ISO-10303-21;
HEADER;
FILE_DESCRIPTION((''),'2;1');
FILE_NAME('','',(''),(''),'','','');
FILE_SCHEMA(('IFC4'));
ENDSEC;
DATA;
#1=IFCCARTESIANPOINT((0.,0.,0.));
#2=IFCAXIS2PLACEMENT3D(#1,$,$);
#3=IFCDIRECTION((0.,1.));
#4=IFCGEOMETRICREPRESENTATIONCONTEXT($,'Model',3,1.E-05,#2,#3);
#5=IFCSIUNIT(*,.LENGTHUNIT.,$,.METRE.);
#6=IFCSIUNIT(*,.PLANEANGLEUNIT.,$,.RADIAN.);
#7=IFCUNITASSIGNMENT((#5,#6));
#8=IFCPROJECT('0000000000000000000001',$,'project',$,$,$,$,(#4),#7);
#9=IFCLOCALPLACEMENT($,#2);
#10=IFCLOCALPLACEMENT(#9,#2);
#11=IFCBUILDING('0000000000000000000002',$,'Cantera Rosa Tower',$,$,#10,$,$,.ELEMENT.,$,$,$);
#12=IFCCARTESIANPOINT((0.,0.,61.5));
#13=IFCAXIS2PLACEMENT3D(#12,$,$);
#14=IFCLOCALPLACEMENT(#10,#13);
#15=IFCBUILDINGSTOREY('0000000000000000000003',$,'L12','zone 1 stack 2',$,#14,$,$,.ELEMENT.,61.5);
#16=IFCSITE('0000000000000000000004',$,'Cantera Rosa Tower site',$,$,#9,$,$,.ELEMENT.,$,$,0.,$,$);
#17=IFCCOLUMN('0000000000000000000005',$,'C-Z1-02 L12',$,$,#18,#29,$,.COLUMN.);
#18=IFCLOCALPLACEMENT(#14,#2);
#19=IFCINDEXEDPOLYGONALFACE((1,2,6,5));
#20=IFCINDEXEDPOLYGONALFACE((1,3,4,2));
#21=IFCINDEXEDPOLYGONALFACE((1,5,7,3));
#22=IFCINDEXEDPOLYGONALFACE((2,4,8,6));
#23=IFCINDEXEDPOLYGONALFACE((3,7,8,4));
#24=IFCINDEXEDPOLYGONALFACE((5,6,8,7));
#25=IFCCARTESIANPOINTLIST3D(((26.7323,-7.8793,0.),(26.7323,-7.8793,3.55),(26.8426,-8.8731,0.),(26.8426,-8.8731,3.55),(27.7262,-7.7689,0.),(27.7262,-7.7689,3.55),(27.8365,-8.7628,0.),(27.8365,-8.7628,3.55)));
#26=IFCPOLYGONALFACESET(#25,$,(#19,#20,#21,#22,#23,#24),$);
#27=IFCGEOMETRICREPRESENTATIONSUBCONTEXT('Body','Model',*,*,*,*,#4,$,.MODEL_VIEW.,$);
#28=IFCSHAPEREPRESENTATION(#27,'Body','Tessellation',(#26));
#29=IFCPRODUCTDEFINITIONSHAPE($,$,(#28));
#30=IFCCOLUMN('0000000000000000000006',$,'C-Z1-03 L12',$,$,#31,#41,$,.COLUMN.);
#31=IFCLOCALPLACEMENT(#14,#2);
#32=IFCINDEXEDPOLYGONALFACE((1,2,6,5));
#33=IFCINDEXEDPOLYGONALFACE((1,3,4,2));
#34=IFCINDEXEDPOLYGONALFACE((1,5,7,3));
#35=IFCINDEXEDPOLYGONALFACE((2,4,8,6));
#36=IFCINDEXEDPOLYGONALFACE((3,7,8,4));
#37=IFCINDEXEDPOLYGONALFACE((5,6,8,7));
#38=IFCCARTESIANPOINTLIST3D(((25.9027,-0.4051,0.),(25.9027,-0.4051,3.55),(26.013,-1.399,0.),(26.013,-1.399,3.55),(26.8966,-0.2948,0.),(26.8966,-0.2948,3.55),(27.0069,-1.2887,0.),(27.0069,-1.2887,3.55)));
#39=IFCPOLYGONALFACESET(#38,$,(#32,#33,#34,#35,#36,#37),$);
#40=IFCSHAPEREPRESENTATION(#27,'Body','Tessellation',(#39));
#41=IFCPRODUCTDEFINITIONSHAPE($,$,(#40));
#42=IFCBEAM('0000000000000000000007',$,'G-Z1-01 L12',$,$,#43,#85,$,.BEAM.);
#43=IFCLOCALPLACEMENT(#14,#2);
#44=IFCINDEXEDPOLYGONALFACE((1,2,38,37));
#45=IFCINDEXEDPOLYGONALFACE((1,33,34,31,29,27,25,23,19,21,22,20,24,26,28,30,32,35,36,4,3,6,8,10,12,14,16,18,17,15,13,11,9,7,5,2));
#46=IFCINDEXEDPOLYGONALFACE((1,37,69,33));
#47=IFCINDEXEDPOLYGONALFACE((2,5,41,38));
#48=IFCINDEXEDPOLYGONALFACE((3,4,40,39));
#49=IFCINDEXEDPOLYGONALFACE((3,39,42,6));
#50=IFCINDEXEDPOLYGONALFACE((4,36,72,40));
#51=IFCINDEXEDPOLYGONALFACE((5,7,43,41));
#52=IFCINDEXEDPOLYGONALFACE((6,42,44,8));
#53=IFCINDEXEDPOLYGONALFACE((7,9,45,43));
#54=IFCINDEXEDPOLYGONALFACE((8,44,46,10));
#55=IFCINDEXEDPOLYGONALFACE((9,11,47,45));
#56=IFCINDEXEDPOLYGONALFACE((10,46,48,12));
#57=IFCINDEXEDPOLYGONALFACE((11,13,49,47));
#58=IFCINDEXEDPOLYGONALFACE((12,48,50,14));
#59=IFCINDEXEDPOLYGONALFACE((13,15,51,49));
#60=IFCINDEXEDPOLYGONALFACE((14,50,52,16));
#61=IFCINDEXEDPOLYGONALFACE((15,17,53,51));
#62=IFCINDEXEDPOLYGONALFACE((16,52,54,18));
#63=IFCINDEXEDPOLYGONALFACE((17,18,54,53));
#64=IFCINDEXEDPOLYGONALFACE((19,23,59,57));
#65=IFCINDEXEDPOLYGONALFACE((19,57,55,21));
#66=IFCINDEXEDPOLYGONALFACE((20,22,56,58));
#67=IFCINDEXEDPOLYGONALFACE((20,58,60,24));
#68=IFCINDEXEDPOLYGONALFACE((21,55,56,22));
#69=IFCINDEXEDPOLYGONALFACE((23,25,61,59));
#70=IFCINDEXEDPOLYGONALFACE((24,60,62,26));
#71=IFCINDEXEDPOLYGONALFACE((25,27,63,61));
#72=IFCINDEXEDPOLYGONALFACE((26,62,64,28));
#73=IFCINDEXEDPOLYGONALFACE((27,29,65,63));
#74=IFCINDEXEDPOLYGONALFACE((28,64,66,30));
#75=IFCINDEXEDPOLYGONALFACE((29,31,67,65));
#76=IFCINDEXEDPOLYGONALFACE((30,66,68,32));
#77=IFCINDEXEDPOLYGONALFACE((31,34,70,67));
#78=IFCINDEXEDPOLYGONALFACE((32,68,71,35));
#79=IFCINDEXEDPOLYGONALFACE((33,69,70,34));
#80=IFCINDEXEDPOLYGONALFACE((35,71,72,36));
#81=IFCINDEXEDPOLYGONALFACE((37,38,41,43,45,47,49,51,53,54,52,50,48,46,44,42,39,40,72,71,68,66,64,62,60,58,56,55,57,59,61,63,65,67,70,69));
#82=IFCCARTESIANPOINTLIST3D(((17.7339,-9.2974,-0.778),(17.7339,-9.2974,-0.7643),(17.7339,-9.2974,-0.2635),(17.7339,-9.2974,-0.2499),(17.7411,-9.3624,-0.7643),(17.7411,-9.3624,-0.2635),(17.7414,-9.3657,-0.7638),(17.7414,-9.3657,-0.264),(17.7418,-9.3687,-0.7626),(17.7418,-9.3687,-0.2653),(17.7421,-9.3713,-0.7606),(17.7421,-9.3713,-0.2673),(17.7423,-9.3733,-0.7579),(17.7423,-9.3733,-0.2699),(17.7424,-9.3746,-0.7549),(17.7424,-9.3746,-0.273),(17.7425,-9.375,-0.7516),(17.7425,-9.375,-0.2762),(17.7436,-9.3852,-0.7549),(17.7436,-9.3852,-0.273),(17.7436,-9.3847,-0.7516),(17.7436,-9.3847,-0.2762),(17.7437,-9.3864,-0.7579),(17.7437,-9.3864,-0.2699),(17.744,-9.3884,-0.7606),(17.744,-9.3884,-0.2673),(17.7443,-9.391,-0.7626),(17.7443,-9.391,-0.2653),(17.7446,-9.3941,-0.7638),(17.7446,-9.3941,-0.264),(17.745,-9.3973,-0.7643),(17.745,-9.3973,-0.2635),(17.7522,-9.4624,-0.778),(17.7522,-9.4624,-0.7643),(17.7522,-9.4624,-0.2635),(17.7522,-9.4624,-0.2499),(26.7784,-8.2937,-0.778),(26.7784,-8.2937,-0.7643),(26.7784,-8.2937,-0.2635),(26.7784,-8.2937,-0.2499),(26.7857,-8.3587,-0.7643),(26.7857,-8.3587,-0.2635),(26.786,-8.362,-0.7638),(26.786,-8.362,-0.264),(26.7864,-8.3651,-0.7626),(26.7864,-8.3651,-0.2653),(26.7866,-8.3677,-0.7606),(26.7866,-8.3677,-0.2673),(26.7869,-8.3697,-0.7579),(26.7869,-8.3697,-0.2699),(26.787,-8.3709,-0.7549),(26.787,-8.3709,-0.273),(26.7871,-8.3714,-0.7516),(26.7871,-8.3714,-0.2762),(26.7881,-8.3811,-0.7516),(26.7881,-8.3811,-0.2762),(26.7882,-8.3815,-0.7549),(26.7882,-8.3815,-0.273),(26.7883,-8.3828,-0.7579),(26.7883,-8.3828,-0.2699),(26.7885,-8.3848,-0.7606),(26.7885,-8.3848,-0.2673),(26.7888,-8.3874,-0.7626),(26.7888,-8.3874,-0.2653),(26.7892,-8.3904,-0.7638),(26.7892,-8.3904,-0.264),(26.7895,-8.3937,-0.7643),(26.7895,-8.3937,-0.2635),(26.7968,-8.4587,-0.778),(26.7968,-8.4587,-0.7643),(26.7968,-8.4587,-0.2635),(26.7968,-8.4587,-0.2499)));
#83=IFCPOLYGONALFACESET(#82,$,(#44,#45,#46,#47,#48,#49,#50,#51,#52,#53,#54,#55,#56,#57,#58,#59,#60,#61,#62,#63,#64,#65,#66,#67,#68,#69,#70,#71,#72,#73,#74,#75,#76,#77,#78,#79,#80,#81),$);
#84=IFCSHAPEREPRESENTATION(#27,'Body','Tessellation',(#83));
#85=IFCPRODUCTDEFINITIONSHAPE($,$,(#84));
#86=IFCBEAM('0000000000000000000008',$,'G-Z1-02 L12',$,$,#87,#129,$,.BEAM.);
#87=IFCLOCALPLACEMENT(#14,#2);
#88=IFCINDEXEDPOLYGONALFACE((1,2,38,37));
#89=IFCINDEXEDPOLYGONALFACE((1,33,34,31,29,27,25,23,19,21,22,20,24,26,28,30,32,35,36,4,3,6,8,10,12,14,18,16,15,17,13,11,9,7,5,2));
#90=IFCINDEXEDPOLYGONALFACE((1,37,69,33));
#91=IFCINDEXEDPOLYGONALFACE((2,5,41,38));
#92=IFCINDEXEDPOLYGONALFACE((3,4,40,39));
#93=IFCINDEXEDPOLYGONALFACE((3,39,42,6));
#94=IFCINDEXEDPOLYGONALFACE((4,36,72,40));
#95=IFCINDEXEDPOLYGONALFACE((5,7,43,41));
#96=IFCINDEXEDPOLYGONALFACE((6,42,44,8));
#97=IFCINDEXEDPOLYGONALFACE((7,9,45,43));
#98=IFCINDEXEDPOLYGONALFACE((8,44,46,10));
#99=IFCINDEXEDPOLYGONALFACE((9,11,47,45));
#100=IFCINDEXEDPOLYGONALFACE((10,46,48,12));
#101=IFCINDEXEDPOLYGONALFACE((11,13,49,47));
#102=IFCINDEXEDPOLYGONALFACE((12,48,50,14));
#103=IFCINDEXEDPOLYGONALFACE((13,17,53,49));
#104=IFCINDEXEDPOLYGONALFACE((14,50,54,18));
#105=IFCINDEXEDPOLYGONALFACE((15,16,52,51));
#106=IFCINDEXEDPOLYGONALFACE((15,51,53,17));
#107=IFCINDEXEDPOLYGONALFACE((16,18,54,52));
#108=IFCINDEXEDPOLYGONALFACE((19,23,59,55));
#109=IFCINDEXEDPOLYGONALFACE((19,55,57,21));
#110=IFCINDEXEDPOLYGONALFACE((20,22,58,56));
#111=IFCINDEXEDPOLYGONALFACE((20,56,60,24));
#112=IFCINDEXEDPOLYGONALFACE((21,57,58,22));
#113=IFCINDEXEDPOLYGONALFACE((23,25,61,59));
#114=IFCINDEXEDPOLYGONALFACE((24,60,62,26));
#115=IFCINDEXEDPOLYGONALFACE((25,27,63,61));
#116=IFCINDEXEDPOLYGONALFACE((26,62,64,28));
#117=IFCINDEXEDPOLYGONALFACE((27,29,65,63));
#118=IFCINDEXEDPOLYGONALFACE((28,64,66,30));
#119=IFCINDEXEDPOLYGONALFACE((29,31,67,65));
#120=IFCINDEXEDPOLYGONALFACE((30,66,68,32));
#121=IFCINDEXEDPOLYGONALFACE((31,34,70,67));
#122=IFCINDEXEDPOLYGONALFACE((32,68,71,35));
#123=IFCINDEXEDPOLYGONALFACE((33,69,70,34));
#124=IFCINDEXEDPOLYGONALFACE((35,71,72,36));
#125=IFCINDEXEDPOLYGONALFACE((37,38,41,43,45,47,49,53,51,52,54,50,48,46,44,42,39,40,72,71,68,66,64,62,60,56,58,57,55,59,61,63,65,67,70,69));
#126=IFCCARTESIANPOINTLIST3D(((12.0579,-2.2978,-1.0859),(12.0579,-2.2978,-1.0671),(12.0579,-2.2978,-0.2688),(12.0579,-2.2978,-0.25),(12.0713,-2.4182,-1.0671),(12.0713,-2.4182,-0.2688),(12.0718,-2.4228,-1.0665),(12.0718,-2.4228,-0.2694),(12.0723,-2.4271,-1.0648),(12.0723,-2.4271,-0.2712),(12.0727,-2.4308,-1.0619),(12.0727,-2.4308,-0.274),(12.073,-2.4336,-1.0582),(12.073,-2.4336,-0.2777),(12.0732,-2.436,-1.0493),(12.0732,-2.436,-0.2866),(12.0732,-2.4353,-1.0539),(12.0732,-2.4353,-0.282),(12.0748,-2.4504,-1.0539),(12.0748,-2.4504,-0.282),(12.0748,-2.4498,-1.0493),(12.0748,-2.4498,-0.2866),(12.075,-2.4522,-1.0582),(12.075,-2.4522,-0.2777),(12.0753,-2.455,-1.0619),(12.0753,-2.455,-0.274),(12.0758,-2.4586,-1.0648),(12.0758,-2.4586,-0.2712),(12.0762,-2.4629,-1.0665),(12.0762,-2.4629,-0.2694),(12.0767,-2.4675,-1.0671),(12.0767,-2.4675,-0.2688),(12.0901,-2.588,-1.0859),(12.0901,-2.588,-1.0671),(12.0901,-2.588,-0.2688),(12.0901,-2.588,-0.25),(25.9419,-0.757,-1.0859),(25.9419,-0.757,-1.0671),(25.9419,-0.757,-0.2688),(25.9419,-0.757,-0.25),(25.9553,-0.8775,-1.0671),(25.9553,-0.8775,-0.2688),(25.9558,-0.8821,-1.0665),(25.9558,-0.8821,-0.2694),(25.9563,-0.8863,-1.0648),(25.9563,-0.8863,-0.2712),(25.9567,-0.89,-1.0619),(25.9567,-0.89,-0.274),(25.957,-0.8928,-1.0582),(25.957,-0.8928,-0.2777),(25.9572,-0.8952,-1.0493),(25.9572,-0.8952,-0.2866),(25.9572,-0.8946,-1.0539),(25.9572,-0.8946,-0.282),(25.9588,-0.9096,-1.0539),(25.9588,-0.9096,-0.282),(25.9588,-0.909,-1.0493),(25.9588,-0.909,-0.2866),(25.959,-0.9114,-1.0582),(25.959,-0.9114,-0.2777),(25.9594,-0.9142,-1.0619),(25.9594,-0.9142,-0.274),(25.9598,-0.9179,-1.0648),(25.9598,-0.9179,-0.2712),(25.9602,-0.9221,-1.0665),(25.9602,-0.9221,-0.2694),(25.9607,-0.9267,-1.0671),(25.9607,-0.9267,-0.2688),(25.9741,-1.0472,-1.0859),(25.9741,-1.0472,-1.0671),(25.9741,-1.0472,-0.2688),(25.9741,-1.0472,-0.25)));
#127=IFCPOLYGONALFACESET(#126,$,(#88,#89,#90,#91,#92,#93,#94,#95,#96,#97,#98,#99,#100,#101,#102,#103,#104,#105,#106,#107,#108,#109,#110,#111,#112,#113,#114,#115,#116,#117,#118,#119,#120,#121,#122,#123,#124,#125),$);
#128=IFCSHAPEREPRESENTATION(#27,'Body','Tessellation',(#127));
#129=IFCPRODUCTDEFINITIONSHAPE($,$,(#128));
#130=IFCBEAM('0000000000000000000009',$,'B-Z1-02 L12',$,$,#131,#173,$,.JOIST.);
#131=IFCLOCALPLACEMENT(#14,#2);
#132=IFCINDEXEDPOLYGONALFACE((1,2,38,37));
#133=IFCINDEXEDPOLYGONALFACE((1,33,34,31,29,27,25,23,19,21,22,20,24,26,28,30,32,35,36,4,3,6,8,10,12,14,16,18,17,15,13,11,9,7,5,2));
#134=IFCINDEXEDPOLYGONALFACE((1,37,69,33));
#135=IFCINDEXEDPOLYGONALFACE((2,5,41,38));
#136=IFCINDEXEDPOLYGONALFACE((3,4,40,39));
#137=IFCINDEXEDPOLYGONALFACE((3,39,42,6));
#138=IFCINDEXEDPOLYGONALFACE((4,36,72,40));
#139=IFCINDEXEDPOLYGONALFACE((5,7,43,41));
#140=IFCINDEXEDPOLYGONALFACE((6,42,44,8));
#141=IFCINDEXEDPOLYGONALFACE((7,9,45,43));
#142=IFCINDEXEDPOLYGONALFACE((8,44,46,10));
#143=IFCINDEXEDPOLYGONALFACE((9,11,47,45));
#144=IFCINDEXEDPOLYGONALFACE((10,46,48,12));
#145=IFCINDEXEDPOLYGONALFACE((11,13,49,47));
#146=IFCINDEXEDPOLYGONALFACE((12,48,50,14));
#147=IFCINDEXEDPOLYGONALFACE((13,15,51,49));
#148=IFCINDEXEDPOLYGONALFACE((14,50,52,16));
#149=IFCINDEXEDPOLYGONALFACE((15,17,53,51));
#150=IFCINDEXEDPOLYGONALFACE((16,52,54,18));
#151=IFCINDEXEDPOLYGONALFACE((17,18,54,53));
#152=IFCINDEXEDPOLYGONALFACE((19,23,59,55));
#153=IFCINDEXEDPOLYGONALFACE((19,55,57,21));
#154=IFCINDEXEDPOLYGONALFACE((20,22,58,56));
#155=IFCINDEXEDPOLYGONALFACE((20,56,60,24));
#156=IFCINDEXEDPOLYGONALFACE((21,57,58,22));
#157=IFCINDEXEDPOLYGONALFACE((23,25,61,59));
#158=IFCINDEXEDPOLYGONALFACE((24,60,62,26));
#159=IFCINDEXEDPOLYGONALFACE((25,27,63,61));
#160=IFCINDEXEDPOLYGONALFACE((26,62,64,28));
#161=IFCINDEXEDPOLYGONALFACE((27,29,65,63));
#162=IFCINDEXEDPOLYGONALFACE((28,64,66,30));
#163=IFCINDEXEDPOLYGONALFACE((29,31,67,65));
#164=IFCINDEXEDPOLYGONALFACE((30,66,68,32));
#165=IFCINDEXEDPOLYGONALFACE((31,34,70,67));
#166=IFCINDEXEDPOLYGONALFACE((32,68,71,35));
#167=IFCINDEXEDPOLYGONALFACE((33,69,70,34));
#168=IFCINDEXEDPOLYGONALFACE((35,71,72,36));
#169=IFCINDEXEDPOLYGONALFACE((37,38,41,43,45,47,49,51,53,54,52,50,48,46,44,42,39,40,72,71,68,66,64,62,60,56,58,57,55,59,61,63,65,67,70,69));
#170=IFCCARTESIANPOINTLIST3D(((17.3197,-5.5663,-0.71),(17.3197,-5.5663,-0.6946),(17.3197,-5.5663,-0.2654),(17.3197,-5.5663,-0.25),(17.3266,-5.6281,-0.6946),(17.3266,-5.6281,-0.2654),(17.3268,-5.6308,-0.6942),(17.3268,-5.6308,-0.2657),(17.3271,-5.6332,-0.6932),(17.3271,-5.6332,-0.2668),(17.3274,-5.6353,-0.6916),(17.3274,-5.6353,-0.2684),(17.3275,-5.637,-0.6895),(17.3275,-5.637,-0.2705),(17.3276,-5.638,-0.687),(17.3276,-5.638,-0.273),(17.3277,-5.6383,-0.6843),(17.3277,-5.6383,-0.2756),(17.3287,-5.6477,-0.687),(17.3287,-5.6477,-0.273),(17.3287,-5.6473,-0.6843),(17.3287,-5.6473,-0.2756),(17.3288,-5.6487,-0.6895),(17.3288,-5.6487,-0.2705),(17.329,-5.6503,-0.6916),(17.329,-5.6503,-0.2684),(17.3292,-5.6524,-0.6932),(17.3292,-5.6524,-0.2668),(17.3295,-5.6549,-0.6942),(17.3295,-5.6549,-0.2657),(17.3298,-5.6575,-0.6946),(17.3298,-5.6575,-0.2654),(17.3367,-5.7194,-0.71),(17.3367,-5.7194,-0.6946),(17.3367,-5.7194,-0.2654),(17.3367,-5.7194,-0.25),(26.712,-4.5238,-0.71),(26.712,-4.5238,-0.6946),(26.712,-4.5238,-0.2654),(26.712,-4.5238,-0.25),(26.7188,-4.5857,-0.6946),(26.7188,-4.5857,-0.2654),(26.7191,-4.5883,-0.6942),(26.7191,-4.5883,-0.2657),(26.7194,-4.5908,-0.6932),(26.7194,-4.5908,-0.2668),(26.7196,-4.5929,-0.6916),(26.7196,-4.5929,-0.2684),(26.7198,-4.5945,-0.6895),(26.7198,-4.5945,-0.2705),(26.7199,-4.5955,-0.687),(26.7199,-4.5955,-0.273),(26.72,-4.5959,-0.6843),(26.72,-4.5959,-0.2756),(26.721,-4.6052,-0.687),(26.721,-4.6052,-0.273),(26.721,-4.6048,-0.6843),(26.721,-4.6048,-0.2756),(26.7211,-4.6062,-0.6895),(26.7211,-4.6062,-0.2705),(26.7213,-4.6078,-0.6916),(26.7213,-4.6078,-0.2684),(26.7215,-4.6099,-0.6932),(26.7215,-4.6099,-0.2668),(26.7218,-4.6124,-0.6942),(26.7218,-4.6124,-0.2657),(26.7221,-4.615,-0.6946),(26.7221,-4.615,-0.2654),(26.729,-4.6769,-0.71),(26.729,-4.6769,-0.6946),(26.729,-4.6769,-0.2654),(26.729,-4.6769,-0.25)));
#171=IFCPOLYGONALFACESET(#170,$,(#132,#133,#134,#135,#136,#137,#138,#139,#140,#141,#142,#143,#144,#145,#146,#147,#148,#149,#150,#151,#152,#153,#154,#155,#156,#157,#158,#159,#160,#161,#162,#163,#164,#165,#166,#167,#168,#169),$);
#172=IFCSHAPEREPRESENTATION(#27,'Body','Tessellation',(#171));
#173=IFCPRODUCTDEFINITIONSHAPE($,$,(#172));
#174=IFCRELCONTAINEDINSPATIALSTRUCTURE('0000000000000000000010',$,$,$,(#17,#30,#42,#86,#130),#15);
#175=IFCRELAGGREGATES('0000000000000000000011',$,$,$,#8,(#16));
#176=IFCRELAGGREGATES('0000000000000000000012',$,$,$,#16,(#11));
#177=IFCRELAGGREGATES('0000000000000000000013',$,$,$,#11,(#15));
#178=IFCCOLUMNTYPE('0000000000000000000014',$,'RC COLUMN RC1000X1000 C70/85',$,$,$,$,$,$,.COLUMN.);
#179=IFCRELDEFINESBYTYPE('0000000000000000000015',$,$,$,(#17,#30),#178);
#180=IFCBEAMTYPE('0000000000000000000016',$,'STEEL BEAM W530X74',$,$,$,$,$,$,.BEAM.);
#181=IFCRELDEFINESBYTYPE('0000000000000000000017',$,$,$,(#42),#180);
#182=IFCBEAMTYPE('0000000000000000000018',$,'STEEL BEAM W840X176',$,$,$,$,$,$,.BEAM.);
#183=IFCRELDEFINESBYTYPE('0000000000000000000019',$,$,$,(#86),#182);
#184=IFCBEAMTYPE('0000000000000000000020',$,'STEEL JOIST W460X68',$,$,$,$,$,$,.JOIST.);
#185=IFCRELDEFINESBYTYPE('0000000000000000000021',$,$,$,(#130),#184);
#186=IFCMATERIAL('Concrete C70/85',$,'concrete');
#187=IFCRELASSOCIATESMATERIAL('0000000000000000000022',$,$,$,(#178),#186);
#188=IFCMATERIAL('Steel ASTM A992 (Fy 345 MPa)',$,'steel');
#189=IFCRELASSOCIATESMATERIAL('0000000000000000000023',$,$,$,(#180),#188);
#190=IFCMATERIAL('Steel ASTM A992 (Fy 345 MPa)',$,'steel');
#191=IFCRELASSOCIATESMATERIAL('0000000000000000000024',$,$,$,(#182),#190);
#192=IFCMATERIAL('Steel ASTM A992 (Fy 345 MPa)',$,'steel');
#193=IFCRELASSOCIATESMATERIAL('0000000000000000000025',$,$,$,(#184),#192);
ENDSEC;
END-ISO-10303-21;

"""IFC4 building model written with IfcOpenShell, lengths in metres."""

from ifc_helpers import new_model, si_unit, direction, frame, origin, origin_2d, place, context, subcontext, project, spatial, rectangle, i_section, extrude, material, material_profile, profile_set, type_object, element, save


model = new_model("IFC4")

# Units and contexts
model_context = context("Model", 3, precision=1e-05, world=origin(), true_north=direction((0.0, 1.0)))
body_context = subcontext(model_context, "Body", "Model", "MODEL_VIEW")
ifc_project = project(units=[si_unit("LENGTHUNIT", "METRE"), si_unit("PLANEANGLEUNIT", "RADIAN")], contexts=[model_context])

# Site, building, storey
site_placement = place(None, origin())
site = spatial("IfcSite", under=ifc_project, at=site_placement, Name="Cantera Rosa Tower site", CompositionType="ELEMENT", RefElevation=0.0)
building_placement = place(site_placement, origin())
building = spatial("IfcBuilding", under=site, at=building_placement, Name="Cantera Rosa Tower", CompositionType="ELEMENT")
storey_placement = place(building_placement, frame((0.0, 0.0, 61.5)))
storey = spatial("IfcBuildingStorey", under=building, at=storey_placement, Name="L12", Description="zone 1 stack 2", CompositionType="ELEMENT", Elevation=61.5)

# Columns
ifc_material_1 = material(Name="Concrete C70/85", Category="concrete")
ifc_material_profile_1 = material_profile(ifc_material_1, rectangle(XDim=1.0, YDim=1.0, at=origin_2d()), Name="RC COLUMN RC1000X1000 C70/85")
ifc_profile_set_1 = profile_set([ifc_material_profile_1], Name="Concrete C70/85")
column_type = type_object("IfcColumnType", Name="RC COLUMN RC1000X1000 C70/85", PredefinedType="COLUMN", material=ifc_profile_set_1)
for number, where, z_axis, x_axis, name in (
    (1, (27.2844, -8.321, 0.0), (0.0, 0.0, 1.0), (0.993897, 0.110313, 0.0), "C-Z1-02 L12"),
    (2, (26.4548, -0.8469, 0.0), (0.0, 0.0, 1.0), (0.993897, 0.110313, 0.0), "C-Z1-03 L12"),
):
    element("IfcColumn", number, at=place(storey_placement, frame(where, z_axis=z_axis, x_axis=x_axis)), inside=storey, type_object=column_type, Name=name, PredefinedType="COLUMN", context=body_context, shape_type="SweptSolid", body=[
        extrude(rectangle(XDim=1.0, YDim=1.0, at=origin_2d()), origin(), (0.0, 0.0, 1.0), 3.55),
    ])

# Beams
ifc_material_2 = material(Name="Steel ASTM A992 (Fy 345 MPa)", Category="steel")
ifc_material_profile_2 = material_profile(ifc_material_2, i_section(OverallWidth=0.166, OverallDepth=0.5281, WebThickness=0.0098, FlangeThickness=0.0137, FilletRadius=0.0127, at=origin_2d()), Name="W530X74")
ifc_profile_set_2 = profile_set([ifc_material_profile_2], Name="Steel ASTM A992 (Fy 345 MPa)")
beam_type_1 = type_object("IfcBeamType", Name="STEEL BEAM W530X74", PredefinedType="BEAM", material=ifc_profile_set_2)
beam_1_placement = place(storey_placement, frame((26.7876, -8.3762, -0.5139), z_axis=(-0.993899, -0.11029, 0.0), x_axis=(0.11029, -0.993899, 0.0)))
element("IfcBeam", 3, at=beam_1_placement, inside=storey, type_object=beam_type_1, Name="G-Z1-01 L12", PredefinedType="BEAM", context=body_context, shape_type="SweptSolid", body=[
    extrude(i_section(OverallWidth=0.166, OverallDepth=0.5281, WebThickness=0.0098, FlangeThickness=0.0137, FilletRadius=0.0127, at=origin_2d()), origin(), (0.0, 0.0, 1.0), 9.1001),
])
ifc_material_3 = material(Name="Steel ASTM A992 (Fy 345 MPa)", Category="steel")
ifc_material_profile_3 = material_profile(ifc_material_3, i_section(OverallWidth=0.292, OverallDepth=0.8359, WebThickness=0.0139, FlangeThickness=0.0188, FilletRadius=0.0178, at=origin_2d()), Name="W840X176")
ifc_profile_set_3 = profile_set([ifc_material_profile_3], Name="Steel ASTM A992 (Fy 345 MPa)")
beam_type_2 = type_object("IfcBeamType", Name="STEEL BEAM W840X176", PredefinedType="BEAM", material=ifc_profile_set_3)
beam_2_placement = place(storey_placement, frame((25.958, -0.9021, -0.668), z_axis=(-0.993899, -0.110297, 0.0), x_axis=(0.110297, -0.993899, 0.0)))
element("IfcBeam", 4, at=beam_2_placement, inside=storey, type_object=beam_type_2, Name="G-Z1-02 L12", PredefinedType="BEAM", context=body_context, shape_type="SweptSolid", body=[
    extrude(i_section(OverallWidth=0.292, OverallDepth=0.8359, WebThickness=0.0139, FlangeThickness=0.0188, FilletRadius=0.0178, at=origin_2d()), origin(), (0.0, 0.0, 1.0), 13.9692),
])
ifc_material_4 = material(Name="Steel ASTM A992 (Fy 345 MPa)", Category="steel")
ifc_material_profile_4 = material_profile(ifc_material_4, i_section(OverallWidth=0.1541, OverallDepth=0.46, WebThickness=0.009, FlangeThickness=0.0154, FilletRadius=0.0103, at=origin_2d()), Name="W460X68")
ifc_profile_set_4 = profile_set([ifc_material_profile_4], Name="Steel ASTM A992 (Fy 345 MPa)")
beam_type_3 = type_object("IfcBeamType", Name="STEEL JOIST W460X68", PredefinedType="JOIST", material=ifc_profile_set_4)
beam_3_placement = place(storey_placement, frame((26.7205, -4.6003, -0.48), z_axis=(-0.993897, -0.110315, 0.0), x_axis=(0.110315, -0.993897, 0.0)))
element("IfcBeam", 5, at=beam_3_placement, inside=storey, type_object=beam_type_3, Name="B-Z1-02 L12", PredefinedType="JOIST", context=body_context, shape_type="SweptSolid", body=[
    extrude(i_section(OverallWidth=0.1541, OverallDepth=0.46, WebThickness=0.009, FlangeThickness=0.0154, FilletRadius=0.0103, at=origin_2d()), origin(), (0.0, 0.0, 1.0), 9.45),
])

save(model, "model.ifc")
